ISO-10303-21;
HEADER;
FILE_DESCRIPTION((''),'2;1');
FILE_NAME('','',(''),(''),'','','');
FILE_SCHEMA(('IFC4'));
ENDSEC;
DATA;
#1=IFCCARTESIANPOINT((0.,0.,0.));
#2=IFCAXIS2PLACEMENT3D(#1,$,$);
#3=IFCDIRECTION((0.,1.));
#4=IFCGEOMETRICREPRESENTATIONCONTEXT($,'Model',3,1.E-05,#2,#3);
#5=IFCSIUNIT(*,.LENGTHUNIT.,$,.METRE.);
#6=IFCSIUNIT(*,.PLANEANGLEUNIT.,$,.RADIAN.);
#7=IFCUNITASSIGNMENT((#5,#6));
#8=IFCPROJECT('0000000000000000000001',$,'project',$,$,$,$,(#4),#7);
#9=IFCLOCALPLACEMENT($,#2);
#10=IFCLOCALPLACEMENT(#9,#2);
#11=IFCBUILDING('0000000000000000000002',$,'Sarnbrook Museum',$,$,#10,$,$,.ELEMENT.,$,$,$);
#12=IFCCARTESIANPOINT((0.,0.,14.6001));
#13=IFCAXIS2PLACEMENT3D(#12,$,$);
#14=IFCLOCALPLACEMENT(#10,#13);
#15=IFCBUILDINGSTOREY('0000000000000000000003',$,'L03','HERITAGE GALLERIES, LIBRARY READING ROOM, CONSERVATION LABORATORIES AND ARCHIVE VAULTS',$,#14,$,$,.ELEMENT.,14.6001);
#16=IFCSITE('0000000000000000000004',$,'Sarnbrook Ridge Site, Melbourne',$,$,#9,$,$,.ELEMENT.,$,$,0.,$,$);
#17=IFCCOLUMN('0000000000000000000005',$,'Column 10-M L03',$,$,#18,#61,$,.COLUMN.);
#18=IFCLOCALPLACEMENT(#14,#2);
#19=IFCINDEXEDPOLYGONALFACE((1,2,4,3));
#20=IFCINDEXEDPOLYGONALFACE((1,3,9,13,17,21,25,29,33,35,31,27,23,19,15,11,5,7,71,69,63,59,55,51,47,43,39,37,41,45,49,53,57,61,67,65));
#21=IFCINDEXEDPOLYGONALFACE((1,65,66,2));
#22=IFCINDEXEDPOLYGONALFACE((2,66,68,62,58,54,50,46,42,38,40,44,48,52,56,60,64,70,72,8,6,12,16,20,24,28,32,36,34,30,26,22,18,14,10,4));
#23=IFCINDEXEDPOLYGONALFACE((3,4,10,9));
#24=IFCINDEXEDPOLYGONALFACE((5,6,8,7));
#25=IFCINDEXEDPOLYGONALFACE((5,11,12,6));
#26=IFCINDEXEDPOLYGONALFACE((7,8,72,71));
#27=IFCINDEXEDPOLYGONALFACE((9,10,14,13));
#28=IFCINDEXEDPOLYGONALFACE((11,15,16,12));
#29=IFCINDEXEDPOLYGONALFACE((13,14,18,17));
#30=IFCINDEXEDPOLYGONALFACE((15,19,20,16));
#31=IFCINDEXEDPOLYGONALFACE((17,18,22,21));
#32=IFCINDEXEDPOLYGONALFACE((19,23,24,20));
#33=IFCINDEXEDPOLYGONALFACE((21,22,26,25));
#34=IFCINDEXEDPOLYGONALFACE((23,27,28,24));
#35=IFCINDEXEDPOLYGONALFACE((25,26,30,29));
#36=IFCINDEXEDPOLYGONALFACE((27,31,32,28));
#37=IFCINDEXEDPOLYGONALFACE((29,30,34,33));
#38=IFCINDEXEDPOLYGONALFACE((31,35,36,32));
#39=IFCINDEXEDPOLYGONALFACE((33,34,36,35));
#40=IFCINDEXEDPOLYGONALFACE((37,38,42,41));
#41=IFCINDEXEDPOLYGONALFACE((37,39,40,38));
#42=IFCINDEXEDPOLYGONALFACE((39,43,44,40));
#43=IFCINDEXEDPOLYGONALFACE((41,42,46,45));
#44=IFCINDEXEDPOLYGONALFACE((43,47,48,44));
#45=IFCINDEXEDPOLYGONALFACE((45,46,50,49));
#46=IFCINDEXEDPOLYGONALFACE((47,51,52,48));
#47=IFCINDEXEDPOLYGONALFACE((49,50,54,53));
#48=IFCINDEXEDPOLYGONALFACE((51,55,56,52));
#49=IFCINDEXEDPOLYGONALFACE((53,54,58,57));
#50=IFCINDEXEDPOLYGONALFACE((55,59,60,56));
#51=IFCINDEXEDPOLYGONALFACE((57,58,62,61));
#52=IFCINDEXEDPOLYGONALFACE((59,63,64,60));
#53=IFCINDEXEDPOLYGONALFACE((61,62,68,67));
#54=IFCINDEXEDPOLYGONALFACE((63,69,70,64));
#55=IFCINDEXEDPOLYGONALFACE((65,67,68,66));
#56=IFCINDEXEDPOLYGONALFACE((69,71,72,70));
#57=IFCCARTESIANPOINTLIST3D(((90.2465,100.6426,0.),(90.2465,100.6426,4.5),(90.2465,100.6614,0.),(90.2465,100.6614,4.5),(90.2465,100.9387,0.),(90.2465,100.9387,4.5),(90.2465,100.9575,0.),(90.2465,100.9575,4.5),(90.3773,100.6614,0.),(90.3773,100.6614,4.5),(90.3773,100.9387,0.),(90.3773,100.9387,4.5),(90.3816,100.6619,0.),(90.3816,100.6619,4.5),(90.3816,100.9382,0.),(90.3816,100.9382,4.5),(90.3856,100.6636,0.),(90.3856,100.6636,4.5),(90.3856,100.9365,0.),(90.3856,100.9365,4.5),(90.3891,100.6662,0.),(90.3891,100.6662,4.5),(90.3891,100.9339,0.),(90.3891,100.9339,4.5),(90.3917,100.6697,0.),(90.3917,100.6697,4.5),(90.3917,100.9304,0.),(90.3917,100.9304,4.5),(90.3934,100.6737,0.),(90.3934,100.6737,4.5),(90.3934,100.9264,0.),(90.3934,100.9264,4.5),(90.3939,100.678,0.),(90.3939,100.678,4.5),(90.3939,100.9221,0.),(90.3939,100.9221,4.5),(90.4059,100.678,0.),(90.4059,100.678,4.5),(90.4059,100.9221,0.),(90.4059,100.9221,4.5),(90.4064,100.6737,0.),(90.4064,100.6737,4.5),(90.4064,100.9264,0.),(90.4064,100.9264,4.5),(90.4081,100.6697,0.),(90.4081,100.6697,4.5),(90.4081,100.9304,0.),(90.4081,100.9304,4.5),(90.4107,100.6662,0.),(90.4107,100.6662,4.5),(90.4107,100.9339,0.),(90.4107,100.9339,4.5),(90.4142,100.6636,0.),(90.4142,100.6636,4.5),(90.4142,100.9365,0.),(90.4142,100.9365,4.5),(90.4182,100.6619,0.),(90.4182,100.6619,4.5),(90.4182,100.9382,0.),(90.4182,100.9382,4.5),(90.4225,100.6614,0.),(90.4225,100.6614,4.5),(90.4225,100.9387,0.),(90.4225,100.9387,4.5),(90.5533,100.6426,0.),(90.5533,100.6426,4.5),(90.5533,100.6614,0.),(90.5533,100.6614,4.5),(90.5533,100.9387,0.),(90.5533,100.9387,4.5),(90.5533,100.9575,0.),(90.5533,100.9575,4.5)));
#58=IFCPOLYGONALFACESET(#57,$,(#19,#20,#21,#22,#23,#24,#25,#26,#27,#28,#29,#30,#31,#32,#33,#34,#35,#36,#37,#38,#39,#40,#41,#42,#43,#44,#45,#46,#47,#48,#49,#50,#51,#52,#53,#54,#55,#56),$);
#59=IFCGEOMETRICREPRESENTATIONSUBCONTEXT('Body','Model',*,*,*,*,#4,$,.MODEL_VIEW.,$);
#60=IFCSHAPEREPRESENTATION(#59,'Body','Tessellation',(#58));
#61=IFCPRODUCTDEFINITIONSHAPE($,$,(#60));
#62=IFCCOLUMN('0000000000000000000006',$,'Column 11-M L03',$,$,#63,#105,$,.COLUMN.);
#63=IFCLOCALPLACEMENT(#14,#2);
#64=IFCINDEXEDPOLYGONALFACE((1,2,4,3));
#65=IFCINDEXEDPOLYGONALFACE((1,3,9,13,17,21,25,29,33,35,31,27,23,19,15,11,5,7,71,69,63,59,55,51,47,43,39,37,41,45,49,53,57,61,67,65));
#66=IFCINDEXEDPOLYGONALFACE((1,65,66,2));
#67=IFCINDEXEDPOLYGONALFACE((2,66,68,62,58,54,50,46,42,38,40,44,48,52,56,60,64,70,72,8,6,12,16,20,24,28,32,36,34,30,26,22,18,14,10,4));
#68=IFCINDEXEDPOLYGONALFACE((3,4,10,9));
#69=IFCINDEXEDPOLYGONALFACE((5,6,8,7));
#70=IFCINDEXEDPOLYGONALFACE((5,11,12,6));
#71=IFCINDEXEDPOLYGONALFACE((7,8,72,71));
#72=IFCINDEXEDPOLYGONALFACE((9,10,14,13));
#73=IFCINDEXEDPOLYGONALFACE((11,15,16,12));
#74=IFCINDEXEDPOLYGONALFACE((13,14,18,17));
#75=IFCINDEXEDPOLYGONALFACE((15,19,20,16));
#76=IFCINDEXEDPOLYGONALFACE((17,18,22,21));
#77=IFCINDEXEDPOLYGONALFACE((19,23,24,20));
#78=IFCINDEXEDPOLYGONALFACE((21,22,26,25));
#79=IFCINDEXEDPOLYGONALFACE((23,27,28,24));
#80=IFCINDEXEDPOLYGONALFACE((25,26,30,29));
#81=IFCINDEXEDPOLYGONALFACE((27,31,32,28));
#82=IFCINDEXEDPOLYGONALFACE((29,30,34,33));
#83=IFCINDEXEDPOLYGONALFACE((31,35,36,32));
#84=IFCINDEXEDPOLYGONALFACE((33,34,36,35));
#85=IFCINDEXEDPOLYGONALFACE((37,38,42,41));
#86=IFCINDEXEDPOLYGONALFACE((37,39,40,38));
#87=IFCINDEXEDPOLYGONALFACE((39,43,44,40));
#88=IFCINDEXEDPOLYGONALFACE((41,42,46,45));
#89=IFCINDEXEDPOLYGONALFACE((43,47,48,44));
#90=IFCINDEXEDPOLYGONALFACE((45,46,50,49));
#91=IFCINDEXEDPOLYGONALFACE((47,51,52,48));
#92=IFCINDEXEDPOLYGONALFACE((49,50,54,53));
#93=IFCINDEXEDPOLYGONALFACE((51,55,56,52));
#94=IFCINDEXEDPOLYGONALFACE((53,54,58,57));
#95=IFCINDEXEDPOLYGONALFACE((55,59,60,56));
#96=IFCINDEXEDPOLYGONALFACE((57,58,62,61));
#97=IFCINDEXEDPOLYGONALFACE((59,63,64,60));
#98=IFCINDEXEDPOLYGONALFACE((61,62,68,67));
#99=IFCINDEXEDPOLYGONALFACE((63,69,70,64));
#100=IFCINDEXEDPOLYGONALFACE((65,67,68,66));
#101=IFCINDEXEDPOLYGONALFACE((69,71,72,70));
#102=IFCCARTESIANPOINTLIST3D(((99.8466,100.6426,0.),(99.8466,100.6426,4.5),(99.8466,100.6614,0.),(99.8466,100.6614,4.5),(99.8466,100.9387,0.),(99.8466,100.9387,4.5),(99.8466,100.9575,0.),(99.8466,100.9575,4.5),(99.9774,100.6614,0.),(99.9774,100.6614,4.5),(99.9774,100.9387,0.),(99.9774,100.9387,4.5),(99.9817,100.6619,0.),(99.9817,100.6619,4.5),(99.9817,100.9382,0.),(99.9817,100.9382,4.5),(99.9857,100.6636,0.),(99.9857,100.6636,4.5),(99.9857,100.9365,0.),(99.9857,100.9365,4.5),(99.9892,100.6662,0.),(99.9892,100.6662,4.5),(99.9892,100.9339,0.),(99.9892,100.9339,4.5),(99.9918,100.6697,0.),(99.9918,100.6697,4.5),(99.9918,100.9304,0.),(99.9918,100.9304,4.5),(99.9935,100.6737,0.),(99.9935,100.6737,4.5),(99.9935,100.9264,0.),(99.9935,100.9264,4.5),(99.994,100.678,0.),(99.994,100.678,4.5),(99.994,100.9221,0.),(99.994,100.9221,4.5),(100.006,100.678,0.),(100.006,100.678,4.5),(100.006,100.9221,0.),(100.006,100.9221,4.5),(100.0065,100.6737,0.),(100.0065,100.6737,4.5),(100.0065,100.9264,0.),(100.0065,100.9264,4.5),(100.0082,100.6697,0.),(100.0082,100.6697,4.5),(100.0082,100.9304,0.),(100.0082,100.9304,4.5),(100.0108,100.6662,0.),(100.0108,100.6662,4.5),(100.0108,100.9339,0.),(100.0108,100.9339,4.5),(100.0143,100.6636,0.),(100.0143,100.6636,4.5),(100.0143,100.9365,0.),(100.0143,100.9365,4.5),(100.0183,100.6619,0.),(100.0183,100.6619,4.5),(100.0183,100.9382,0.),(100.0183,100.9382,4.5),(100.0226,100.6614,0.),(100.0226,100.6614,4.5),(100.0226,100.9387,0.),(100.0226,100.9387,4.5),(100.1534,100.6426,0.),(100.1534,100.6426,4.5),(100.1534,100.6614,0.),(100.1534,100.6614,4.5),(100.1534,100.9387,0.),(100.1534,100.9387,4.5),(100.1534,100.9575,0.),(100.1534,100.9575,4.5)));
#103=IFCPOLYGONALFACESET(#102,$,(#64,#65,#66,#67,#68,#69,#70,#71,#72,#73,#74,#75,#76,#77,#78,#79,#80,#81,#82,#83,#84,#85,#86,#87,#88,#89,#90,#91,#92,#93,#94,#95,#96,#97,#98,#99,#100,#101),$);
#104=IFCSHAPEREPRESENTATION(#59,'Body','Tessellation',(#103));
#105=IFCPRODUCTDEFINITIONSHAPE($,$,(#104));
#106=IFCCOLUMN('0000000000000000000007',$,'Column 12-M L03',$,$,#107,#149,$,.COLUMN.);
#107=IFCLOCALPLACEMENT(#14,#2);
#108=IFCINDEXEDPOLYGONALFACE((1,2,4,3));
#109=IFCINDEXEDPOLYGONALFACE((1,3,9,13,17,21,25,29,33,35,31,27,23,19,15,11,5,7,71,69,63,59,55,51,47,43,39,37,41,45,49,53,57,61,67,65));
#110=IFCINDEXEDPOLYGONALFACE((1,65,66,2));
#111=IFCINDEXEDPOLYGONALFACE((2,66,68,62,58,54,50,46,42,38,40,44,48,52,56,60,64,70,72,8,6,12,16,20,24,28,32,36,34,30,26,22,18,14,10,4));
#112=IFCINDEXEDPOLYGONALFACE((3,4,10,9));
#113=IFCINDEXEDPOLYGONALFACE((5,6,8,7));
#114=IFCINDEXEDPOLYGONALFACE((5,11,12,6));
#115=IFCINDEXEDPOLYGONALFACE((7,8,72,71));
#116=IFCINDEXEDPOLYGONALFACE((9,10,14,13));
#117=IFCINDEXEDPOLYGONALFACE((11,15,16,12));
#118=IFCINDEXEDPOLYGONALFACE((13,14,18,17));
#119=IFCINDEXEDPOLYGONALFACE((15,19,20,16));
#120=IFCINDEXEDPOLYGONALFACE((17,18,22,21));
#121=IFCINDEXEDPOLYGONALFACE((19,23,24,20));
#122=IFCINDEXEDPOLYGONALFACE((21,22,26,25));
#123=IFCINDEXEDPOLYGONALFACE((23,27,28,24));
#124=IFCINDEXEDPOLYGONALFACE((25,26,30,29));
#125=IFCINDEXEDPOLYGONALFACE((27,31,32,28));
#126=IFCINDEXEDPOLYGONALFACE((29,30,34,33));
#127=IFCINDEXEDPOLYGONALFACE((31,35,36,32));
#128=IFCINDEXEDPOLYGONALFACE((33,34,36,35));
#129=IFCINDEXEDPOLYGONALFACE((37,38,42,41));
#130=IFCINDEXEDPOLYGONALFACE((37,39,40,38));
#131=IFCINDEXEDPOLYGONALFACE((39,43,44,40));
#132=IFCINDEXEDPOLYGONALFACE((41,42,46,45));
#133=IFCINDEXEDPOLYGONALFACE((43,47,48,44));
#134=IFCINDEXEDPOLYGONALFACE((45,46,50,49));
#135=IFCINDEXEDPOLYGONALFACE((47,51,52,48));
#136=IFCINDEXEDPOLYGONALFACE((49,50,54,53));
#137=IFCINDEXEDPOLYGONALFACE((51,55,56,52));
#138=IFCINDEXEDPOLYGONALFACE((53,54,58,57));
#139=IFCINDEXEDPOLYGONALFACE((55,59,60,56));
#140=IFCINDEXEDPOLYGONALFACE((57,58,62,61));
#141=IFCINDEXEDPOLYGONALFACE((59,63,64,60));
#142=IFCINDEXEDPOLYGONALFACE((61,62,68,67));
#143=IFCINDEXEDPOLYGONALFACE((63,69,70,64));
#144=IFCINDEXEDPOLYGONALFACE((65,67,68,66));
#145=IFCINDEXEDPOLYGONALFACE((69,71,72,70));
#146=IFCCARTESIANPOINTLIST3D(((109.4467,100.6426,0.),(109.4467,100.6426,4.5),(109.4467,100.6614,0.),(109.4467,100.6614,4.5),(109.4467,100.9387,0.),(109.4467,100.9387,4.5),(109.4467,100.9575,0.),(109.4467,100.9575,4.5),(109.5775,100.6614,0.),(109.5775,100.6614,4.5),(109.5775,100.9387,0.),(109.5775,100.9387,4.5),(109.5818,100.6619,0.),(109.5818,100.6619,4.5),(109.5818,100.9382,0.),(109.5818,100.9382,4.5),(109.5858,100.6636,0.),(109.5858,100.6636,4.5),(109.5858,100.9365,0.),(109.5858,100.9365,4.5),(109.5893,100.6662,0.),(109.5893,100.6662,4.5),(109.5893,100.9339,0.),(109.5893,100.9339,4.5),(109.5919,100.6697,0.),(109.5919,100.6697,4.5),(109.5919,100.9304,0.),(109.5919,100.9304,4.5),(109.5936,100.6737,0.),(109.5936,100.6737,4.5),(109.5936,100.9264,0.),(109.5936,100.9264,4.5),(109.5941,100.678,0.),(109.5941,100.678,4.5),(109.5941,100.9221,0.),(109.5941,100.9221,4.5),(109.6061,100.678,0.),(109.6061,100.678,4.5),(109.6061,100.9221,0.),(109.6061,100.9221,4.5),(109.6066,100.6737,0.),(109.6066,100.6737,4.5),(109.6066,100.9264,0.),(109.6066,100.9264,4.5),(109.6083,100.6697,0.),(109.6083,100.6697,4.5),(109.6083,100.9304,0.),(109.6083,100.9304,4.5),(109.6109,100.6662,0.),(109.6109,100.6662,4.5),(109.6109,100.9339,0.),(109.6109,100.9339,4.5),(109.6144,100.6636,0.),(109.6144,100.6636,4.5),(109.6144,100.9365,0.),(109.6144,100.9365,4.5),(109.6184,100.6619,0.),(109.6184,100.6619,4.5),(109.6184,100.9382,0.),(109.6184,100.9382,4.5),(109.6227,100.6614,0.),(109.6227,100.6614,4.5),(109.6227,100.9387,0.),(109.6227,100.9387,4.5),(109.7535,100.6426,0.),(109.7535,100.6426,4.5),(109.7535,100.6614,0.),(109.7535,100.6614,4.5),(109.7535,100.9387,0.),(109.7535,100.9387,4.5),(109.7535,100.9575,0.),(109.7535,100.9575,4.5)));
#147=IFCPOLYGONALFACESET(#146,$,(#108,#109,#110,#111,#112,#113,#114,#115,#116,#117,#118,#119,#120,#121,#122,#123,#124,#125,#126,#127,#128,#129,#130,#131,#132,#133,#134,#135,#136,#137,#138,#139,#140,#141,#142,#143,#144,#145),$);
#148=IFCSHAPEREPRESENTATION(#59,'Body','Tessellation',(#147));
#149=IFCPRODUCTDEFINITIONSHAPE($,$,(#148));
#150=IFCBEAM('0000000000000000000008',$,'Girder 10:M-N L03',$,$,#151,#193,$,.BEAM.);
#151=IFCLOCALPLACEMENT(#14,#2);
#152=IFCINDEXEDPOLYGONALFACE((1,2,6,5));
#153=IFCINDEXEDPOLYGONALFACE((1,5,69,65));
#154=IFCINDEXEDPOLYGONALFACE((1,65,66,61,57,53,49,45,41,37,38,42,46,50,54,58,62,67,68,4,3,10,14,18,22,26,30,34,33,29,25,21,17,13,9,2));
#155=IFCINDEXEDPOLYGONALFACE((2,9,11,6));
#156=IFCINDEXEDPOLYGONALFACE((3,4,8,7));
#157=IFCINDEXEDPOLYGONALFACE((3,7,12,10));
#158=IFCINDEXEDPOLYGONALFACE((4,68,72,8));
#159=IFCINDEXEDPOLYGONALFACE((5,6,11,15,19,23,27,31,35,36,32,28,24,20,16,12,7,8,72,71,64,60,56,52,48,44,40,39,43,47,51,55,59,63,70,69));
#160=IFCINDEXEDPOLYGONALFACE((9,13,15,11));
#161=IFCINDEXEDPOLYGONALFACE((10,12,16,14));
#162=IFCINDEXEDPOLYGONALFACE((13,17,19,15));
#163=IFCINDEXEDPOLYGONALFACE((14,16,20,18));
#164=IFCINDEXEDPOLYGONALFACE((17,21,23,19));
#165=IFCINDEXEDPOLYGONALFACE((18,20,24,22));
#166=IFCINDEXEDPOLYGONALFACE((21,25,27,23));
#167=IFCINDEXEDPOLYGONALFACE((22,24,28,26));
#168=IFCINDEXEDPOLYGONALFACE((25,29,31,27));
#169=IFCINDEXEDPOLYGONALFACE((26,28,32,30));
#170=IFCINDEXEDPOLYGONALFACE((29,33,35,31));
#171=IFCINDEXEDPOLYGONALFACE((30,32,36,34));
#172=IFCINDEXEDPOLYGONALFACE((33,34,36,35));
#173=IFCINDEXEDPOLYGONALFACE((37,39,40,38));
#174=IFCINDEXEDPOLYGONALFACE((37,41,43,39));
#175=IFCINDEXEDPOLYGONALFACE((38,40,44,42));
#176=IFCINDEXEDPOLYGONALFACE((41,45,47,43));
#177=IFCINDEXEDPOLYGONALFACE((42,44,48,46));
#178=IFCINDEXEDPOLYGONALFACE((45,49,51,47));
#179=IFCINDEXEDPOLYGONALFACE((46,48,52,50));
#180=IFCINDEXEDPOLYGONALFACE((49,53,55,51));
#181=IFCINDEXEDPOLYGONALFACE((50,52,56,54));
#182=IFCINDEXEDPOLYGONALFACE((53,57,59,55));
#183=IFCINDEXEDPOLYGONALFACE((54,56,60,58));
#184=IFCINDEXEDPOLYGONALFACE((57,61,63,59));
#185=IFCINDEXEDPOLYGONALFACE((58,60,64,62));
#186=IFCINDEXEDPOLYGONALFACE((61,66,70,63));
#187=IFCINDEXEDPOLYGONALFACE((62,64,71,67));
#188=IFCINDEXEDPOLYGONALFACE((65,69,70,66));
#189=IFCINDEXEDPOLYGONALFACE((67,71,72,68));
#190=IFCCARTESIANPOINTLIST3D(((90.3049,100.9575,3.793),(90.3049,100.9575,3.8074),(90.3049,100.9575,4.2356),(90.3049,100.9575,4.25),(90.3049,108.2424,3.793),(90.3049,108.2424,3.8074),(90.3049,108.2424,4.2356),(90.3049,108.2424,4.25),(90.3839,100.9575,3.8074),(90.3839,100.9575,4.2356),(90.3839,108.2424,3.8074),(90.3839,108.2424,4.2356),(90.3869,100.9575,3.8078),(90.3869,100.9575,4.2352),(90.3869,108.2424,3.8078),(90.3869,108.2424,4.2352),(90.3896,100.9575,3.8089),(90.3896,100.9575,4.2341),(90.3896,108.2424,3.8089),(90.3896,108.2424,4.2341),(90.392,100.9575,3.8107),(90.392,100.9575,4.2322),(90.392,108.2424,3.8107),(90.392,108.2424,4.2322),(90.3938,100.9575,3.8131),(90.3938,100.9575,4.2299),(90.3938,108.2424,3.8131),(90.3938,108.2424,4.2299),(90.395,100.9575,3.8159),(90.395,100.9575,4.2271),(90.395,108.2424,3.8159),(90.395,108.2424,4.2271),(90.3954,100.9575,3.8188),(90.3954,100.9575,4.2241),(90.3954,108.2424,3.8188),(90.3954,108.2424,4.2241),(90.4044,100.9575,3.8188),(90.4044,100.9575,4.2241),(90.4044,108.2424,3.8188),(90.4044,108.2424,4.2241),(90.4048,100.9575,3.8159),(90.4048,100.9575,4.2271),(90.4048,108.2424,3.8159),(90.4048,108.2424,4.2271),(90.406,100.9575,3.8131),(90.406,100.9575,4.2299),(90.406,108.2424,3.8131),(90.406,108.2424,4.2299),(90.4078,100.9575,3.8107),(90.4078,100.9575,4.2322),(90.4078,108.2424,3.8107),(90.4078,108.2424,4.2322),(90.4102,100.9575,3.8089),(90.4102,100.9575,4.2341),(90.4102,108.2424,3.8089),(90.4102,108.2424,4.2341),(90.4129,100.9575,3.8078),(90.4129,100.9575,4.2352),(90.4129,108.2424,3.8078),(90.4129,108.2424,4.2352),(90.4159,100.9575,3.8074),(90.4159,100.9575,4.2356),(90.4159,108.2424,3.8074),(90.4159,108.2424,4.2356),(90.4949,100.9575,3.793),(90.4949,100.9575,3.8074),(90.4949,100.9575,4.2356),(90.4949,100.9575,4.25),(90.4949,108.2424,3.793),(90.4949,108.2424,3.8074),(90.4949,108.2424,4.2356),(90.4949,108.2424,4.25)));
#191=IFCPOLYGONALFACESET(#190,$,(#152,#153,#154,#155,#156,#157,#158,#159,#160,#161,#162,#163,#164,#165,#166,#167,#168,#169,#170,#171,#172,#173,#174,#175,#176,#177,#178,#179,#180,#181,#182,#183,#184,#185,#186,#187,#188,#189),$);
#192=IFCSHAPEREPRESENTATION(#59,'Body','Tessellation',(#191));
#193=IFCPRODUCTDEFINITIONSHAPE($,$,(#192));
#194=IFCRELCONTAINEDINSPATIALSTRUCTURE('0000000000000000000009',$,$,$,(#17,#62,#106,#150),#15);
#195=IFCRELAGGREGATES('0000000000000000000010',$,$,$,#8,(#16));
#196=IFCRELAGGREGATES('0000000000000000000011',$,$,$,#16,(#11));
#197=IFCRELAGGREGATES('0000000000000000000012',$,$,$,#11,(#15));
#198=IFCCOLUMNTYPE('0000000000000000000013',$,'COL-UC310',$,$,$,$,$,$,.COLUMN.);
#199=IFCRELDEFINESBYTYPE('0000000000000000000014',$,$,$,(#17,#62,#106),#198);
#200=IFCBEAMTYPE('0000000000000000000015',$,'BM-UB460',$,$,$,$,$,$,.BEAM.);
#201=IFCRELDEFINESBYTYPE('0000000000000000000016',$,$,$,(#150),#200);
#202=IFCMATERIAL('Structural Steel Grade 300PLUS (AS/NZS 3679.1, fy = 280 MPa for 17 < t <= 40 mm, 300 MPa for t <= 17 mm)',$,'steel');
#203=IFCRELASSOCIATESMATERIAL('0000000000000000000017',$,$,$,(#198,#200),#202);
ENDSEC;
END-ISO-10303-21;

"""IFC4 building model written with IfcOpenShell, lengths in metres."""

from ifc_helpers import new_model, si_unit, direction, frame, origin, origin_2d, place, context, subcontext, project, spatial, i_section, extrude, material, material_profile, profile_set, type_object, element, save


model = new_model("IFC4")

# Units and contexts
model_context = context("Model", 3, precision=1e-05, world=origin(), true_north=direction((0.0, 1.0)))
body_context = subcontext(model_context, "Body", "Model", "MODEL_VIEW")
ifc_project = project(units=[si_unit("LENGTHUNIT", "METRE"), si_unit("PLANEANGLEUNIT", "RADIAN")], contexts=[model_context])

# Site, building, storey
site_placement = place(None, origin())
site = spatial("IfcSite", under=ifc_project, at=site_placement, Name="Sarnbrook Ridge Site, Melbourne", CompositionType="ELEMENT", RefElevation=0.0)
building_placement = place(site_placement, origin())
building = spatial("IfcBuilding", under=site, at=building_placement, Name="Sarnbrook Museum", CompositionType="ELEMENT")
storey_placement = place(building_placement, frame((0.0, 0.0, 14.6001)))
storey = spatial("IfcBuildingStorey", under=building, at=storey_placement, Name="L03", Description="HERITAGE GALLERIES, LIBRARY READING ROOM, CONSERVATION LABORATORIES AND ARCHIVE VAULTS", CompositionType="ELEMENT", Elevation=14.6001)

# Columns
ifc_material_1 = material(Name="Structural Steel Grade 300PLUS (AS/NZS 3679.1, fy = 280 MPa for 17 < t <= 40 mm, 300 MPa for t <= 17 mm)", Category="steel")
ifc_material_profile_1 = material_profile(ifc_material_1, i_section(OverallWidth=0.3069, OverallDepth=0.3149, WebThickness=0.012, FlangeThickness=0.0188, FilletRadius=0.0166, at=origin_2d()), Name="310UC118")
ifc_profile_set_1 = profile_set([ifc_material_profile_1], Name="Structural Steel Grade 300PLUS (AS/NZS 3679.1, fy = 280 MPa for 17 < t <= 40 mm, 300 MPa for t <= 17 mm)")
column_type = type_object("IfcColumnType", Name="COL-UC310", PredefinedType="COLUMN", material=ifc_profile_set_1)
for number, where, z_axis, x_axis, name in (
    (1, (90.3999, 100.8, 0.0), (0.0, 0.0, 1.0), (1.0, 0.0, 0.0), "Column 10-M L03"),
    (2, (100.0, 100.8, 0.0), (0.0, 0.0, 1.0), (1.0, 0.0, 0.0), "Column 11-M L03"),
    (3, (109.6001, 100.8, 0.0), (0.0, 0.0, 1.0), (1.0, 0.0, 0.0), "Column 12-M L03"),
):
    element("IfcColumn", number, at=place(storey_placement, frame(where, z_axis=z_axis, x_axis=x_axis)), inside=storey, type_object=column_type, Name=name, PredefinedType="COLUMN", context=body_context, shape_type="SweptSolid", body=[
        extrude(i_section(OverallWidth=0.3069, OverallDepth=0.3149, WebThickness=0.012, FlangeThickness=0.0188, FilletRadius=0.0166, at=origin_2d()), origin(), (0.0, 0.0, 1.0), 4.5),
    ])

# Beam
ifc_material_profile_2 = material_profile(ifc_material_1, i_section(OverallWidth=0.1899, OverallDepth=0.457, WebThickness=0.009, FlangeThickness=0.0144, FilletRadius=0.0115, at=origin_2d()), Name="460UB74.6")
ifc_profile_set_2 = profile_set([ifc_material_profile_2], Name="Structural Steel Grade 300PLUS (AS/NZS 3679.1, fy = 280 MPa for 17 < t <= 40 mm, 300 MPa for t <= 17 mm)")
beam_type_1 = type_object("IfcBeamType", Name="BM-UB460", PredefinedType="BEAM", material=ifc_profile_set_2)
for number, where, z_axis, x_axis, name in (
    (4, (90.3999, 100.9575, 4.0215), (0.0, 1.0, 0.0), (-1.0, 0.0, 0.0), "Girder 10:M-N L03"),
):
    element("IfcBeam", number, at=place(storey_placement, frame(where, z_axis=z_axis, x_axis=x_axis)), inside=storey, type_object=beam_type_1, Name=name, PredefinedType="BEAM", context=body_context, shape_type="SweptSolid", body=[
        extrude(i_section(OverallWidth=0.1899, OverallDepth=0.457, WebThickness=0.009, FlangeThickness=0.0144, FilletRadius=0.0115, at=origin_2d()), origin(), (0.0, 0.0, 1.0), 7.2849),
    ])

save(model, "model.ifc")
